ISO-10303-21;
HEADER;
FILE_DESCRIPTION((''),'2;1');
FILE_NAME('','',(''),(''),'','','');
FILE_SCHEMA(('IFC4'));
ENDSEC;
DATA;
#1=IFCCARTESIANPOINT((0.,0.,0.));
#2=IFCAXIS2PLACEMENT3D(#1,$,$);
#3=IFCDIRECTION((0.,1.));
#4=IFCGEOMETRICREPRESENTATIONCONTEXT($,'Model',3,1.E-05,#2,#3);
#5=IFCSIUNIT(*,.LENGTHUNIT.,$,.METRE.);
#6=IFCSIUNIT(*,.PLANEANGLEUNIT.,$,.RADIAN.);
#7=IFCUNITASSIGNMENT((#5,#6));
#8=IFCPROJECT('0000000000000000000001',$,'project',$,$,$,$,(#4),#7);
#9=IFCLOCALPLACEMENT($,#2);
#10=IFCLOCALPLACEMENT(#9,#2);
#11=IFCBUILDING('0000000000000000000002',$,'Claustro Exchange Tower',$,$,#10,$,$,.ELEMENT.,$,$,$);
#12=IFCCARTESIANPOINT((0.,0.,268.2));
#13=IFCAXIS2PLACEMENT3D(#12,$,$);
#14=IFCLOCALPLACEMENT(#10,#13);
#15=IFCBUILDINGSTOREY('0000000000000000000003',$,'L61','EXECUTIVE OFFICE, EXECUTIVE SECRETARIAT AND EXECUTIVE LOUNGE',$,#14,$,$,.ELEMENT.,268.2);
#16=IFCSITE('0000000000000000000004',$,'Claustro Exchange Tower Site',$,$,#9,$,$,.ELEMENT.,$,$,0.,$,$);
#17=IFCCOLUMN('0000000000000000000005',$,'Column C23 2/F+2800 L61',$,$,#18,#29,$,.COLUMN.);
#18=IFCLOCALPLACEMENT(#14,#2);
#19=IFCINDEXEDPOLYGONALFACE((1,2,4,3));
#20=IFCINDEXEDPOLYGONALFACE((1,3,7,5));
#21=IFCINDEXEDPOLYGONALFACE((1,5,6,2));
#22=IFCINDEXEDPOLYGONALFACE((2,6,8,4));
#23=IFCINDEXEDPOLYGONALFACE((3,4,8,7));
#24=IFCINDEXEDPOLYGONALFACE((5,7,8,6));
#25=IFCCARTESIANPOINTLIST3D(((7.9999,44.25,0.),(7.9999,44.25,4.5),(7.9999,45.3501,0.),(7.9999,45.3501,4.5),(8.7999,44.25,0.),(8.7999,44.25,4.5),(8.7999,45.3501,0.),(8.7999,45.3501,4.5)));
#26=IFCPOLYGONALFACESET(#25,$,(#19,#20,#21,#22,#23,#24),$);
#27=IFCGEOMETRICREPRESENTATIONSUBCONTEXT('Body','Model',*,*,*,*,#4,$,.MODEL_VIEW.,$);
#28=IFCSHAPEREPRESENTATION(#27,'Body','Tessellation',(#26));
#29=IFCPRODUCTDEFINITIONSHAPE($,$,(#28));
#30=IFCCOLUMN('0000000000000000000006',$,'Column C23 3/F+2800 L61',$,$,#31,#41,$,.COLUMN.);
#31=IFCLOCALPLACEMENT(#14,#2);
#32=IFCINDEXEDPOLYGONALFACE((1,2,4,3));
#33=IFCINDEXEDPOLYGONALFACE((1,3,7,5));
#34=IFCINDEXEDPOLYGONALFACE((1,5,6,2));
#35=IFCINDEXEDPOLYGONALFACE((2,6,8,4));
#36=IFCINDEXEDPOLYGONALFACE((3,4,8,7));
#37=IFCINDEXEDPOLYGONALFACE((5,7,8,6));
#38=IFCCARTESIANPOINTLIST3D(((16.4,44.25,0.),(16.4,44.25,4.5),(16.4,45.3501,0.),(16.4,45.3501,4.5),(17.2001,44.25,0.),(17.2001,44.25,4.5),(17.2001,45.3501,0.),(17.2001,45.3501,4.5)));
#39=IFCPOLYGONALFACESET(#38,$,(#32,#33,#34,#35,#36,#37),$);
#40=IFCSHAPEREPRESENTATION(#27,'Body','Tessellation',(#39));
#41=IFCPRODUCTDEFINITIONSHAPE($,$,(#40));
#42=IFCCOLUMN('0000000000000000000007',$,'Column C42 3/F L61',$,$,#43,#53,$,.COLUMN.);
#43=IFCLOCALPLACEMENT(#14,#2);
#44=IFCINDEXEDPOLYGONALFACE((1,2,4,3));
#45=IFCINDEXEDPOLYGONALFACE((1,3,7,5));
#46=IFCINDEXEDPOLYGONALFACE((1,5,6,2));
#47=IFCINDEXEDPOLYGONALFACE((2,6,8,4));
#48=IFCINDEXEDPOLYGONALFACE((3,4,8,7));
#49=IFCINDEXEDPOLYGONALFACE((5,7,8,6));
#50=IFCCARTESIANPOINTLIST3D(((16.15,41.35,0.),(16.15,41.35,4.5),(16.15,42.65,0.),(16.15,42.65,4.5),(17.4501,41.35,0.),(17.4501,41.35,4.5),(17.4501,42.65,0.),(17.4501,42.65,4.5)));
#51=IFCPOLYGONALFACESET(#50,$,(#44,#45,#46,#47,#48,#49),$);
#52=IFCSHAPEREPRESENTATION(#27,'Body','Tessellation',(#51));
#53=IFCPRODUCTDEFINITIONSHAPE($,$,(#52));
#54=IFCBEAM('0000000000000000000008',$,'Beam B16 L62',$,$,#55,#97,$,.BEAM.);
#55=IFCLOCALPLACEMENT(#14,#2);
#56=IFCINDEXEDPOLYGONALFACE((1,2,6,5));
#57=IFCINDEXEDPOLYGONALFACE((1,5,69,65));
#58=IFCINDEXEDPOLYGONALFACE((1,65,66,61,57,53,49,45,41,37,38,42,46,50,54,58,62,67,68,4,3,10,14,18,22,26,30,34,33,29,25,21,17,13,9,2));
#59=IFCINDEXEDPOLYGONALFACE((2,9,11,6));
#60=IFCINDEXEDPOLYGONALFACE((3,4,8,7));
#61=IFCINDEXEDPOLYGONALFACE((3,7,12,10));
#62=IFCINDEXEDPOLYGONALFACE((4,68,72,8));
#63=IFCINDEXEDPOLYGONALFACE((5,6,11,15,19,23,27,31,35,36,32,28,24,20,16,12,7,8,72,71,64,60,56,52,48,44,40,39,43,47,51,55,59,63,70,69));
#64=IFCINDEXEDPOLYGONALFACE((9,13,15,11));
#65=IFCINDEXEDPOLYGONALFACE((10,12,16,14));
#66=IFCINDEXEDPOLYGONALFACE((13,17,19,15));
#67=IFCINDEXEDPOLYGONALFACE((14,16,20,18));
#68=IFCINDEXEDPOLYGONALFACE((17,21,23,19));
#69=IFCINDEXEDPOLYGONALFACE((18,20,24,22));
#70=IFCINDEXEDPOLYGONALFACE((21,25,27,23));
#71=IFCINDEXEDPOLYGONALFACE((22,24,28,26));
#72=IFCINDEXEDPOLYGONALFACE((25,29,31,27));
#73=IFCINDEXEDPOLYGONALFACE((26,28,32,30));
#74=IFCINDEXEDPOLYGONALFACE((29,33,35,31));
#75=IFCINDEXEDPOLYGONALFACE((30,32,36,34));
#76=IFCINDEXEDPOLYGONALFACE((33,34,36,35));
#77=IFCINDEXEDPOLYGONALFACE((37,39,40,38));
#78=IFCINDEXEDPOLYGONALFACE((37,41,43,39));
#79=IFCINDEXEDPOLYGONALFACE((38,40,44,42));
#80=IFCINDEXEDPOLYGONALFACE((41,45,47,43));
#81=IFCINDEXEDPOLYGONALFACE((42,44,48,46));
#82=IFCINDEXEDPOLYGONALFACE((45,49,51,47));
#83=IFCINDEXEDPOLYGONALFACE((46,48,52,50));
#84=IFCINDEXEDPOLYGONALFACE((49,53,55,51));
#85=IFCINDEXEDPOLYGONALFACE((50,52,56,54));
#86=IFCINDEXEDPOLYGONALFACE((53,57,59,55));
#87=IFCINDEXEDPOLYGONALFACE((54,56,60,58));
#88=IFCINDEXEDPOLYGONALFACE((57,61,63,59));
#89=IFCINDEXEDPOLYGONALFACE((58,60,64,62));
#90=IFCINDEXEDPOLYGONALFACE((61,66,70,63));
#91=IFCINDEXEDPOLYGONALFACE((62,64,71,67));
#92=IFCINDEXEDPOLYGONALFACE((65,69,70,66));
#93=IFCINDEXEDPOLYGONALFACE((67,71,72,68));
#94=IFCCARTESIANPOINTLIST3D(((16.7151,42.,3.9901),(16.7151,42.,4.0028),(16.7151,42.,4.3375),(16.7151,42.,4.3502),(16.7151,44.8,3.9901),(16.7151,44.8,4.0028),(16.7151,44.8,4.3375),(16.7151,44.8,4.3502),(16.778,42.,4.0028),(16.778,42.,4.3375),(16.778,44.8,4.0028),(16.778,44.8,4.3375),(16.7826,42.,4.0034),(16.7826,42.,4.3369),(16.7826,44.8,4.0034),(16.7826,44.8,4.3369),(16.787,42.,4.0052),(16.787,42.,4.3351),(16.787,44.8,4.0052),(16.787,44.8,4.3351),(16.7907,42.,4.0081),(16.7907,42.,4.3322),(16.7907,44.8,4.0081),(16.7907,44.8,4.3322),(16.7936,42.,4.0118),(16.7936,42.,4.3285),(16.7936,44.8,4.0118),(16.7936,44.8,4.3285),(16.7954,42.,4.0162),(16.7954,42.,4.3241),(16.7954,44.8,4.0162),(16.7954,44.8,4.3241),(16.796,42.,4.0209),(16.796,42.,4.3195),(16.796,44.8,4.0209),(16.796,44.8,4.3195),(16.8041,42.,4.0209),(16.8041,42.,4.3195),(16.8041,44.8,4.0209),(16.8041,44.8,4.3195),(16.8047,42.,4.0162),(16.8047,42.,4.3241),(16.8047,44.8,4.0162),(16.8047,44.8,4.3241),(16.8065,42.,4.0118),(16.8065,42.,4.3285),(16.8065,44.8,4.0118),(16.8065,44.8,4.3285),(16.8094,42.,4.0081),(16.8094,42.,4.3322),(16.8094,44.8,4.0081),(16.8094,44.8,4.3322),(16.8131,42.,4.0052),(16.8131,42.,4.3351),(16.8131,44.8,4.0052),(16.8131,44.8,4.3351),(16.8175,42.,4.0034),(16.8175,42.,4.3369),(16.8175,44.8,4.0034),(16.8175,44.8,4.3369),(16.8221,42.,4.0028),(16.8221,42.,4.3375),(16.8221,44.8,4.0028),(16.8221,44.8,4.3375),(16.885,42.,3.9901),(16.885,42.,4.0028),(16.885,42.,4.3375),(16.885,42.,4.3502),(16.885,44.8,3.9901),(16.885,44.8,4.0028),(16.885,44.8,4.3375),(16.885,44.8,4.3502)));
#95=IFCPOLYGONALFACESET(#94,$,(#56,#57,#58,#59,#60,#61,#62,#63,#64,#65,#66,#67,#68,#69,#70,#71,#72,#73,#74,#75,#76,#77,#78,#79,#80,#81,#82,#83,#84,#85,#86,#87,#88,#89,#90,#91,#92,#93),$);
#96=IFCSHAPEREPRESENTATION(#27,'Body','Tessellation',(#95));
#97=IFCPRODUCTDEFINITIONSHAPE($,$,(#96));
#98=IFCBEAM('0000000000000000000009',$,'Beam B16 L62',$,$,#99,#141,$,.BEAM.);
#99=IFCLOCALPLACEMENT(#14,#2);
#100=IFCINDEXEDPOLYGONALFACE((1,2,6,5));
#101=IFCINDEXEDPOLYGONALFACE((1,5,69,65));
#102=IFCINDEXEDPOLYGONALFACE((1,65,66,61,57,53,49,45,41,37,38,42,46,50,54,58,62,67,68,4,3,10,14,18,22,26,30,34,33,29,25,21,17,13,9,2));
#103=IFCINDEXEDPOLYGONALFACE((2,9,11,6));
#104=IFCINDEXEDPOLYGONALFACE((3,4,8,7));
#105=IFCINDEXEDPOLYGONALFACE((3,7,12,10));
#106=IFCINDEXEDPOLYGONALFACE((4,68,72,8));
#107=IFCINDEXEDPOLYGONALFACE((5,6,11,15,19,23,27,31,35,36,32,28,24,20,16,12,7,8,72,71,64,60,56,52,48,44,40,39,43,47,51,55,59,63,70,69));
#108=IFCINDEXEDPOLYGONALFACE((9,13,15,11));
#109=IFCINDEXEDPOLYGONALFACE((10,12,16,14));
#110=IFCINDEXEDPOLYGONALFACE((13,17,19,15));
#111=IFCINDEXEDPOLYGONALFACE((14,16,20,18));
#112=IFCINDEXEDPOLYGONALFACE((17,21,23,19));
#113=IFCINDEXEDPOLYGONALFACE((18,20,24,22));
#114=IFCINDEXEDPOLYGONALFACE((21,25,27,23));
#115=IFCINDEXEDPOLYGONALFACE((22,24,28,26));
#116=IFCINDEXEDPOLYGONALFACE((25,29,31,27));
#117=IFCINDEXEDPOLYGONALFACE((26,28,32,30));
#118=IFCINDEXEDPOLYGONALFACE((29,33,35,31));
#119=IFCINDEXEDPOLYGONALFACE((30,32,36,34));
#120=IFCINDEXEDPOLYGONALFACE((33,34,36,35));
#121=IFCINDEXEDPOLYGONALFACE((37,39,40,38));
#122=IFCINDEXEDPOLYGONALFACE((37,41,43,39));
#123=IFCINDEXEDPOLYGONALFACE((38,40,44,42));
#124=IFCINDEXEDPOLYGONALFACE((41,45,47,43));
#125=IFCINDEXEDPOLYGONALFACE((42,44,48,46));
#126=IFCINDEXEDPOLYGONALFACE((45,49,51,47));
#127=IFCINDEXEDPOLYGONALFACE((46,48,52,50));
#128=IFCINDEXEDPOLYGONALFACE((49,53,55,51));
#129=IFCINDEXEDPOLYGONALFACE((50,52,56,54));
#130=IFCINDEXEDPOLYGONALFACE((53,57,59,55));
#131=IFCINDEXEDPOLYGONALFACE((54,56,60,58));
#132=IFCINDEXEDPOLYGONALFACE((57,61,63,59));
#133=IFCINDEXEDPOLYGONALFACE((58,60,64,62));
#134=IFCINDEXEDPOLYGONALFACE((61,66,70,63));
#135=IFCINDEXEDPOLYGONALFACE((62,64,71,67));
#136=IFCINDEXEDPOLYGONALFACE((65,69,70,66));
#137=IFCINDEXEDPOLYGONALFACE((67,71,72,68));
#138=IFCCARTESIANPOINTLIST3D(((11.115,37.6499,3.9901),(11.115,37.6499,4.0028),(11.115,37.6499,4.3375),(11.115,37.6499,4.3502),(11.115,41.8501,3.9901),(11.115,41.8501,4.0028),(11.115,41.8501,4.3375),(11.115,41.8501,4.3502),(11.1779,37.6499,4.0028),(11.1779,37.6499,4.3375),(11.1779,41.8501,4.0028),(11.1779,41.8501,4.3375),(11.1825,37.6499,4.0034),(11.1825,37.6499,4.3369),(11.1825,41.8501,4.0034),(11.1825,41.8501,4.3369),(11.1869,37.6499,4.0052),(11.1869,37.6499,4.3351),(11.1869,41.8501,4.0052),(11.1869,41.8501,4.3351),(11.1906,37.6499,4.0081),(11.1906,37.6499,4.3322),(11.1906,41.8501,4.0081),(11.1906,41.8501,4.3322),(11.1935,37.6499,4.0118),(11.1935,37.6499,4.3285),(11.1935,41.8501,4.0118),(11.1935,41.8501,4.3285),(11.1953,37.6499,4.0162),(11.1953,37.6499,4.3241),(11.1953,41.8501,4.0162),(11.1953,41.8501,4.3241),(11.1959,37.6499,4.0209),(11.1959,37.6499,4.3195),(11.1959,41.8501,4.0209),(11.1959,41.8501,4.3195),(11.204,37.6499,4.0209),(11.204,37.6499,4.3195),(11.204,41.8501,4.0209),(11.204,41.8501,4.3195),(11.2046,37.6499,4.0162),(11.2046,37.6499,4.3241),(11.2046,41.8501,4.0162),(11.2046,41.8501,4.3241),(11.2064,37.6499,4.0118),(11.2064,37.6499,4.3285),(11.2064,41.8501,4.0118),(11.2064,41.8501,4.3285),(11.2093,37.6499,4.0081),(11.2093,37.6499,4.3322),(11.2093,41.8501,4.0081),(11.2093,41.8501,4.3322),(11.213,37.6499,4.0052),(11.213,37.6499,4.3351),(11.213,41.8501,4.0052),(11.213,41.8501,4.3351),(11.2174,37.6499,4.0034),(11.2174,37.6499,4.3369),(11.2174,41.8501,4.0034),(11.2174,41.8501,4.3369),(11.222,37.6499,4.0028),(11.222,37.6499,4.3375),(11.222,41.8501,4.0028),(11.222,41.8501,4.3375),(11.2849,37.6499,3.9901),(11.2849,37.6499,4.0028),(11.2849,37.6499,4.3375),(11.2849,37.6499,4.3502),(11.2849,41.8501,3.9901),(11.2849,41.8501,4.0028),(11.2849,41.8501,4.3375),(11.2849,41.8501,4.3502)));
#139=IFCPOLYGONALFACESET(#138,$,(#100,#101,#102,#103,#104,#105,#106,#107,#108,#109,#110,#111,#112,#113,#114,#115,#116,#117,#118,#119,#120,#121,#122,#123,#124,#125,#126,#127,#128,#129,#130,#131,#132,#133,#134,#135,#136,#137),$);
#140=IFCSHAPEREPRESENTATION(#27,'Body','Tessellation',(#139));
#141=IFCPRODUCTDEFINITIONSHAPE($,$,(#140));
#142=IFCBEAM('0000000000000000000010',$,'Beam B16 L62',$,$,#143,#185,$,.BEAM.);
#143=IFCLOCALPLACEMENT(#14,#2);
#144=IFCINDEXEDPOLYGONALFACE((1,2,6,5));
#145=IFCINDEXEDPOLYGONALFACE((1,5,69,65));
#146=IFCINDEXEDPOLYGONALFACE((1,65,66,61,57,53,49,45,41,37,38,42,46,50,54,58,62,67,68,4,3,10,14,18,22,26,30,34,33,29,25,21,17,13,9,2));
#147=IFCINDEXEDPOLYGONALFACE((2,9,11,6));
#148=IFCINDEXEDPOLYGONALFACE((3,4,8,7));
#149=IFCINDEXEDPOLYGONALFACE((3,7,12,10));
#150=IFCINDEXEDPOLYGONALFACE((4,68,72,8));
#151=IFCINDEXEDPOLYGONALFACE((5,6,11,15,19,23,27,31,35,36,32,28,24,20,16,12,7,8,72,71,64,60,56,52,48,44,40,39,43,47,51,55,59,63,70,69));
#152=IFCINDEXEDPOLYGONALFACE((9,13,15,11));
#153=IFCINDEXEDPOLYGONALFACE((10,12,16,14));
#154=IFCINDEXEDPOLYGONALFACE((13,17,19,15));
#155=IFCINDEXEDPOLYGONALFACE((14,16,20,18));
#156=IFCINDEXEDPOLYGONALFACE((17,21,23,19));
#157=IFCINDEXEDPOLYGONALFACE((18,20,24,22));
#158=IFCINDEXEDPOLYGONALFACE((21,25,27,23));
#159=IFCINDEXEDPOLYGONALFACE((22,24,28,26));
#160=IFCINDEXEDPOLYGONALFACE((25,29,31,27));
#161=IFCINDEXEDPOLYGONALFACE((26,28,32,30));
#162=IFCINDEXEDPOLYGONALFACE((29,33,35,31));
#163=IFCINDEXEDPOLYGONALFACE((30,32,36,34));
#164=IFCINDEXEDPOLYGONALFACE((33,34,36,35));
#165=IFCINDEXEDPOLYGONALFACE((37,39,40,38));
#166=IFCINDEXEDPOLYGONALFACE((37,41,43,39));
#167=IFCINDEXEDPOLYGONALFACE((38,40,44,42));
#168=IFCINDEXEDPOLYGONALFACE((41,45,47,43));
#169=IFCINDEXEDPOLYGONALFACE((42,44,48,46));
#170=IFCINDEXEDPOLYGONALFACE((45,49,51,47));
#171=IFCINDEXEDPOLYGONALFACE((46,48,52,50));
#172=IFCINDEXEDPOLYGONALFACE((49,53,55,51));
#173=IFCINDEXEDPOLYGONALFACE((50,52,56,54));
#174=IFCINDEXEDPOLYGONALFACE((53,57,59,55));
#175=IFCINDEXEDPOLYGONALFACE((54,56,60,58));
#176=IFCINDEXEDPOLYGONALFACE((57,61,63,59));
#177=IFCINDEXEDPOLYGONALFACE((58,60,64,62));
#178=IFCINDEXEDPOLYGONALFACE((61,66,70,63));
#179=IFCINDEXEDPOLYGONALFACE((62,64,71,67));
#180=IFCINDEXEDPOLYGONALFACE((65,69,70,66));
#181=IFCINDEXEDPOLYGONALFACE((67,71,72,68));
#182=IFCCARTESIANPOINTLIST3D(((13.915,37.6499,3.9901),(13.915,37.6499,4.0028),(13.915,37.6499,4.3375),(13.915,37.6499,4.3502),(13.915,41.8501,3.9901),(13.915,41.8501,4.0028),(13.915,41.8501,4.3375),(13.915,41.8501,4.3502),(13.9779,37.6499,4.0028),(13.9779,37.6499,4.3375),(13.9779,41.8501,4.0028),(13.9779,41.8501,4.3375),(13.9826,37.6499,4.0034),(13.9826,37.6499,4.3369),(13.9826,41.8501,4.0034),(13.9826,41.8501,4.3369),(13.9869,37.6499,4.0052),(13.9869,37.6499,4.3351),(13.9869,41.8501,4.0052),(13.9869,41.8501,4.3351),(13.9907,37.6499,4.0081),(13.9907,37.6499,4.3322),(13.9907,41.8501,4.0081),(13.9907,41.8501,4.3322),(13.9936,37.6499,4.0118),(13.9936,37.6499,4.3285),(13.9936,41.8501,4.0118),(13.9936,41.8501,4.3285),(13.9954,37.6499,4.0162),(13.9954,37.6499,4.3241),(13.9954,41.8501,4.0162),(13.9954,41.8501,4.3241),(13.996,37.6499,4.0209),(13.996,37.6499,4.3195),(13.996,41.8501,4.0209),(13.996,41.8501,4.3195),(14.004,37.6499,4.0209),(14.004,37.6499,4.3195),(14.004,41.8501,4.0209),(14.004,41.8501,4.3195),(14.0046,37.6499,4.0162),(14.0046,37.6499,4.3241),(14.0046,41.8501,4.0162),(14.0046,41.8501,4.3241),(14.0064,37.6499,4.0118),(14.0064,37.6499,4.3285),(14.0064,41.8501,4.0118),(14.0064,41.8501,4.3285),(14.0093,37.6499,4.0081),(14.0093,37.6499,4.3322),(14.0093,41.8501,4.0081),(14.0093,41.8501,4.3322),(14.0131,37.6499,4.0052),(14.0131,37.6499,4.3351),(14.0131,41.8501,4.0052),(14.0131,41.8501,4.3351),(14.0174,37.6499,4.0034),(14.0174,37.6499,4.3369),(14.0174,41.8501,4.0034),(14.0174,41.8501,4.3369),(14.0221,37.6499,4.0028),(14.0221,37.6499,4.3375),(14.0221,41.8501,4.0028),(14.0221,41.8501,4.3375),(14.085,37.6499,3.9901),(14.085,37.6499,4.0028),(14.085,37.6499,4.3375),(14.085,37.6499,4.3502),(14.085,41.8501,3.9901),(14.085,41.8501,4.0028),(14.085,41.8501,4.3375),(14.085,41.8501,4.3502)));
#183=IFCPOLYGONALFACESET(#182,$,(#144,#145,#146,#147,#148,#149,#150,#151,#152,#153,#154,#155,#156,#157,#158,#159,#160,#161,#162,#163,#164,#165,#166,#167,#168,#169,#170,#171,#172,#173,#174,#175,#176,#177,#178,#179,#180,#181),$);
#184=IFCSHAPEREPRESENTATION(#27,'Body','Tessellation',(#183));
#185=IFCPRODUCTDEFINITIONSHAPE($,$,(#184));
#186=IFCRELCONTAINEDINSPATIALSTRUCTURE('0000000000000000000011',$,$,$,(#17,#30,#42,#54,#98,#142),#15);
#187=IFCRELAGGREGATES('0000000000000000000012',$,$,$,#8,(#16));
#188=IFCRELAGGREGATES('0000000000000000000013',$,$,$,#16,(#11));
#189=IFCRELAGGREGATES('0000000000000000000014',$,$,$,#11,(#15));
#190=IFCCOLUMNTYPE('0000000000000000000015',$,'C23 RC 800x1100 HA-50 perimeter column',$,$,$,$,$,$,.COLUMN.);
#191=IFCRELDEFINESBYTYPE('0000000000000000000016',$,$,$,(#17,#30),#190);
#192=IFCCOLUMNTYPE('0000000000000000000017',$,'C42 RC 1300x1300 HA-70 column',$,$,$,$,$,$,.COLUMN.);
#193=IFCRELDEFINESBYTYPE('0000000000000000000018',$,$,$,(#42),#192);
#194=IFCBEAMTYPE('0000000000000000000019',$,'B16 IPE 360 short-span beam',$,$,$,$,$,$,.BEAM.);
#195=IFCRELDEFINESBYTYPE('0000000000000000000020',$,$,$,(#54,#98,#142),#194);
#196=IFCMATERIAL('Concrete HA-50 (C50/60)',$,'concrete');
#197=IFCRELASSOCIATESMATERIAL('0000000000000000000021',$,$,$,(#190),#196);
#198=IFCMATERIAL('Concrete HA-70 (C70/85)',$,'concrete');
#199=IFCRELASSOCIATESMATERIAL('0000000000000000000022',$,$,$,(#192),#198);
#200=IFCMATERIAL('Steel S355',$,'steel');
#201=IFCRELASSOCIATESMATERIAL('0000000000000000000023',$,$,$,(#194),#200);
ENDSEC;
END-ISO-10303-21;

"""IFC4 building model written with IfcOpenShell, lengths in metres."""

from ifc_helpers import new_model, si_unit, direction, frame, origin, origin_2d, place, context, subcontext, project, spatial, rectangle, i_section, extrude, material, material_profile, profile_set, type_object, element, save


model = new_model("IFC4")

# Units and contexts
model_context = context("Model", 3, precision=1e-05, world=origin(), true_north=direction((0.0, 1.0)))
body_context = subcontext(model_context, "Body", "Model", "MODEL_VIEW")
ifc_project = project(units=[si_unit("LENGTHUNIT", "METRE"), si_unit("PLANEANGLEUNIT", "RADIAN")], contexts=[model_context])

# Site, building, storey
site_placement = place(None, origin())
site = spatial("IfcSite", under=ifc_project, at=site_placement, Name="Claustro Exchange Tower Site", CompositionType="ELEMENT", RefElevation=0.0)
building_placement = place(site_placement, origin())
building = spatial("IfcBuilding", under=site, at=building_placement, Name="Claustro Exchange Tower", CompositionType="ELEMENT")
storey_placement = place(building_placement, frame((0.0, 0.0, 268.2)))
storey = spatial("IfcBuildingStorey", under=building, at=storey_placement, Name="L61", Description="EXECUTIVE OFFICE, EXECUTIVE SECRETARIAT AND EXECUTIVE LOUNGE", CompositionType="ELEMENT", Elevation=268.2)

# Columns
ifc_material_1 = material(Name="Concrete HA-50 (C50/60)", Category="concrete")
ifc_material_profile_1 = material_profile(ifc_material_1, rectangle(XDim=0.8, YDim=1.1001, at=origin_2d()), Name="RC 800x1100")
ifc_profile_set_1 = profile_set([ifc_material_profile_1], Name="Concrete HA-50 (C50/60)")
column_type_1 = type_object("IfcColumnType", Name="C23 RC 800x1100 HA-50 perimeter column", PredefinedType="COLUMN", material=ifc_profile_set_1)
for number, where, z_axis, x_axis, name in (
    (1, (8.3999, 44.8, 0.0), (0.0, 0.0, 1.0), (1.0, 0.0, 0.0), "Column C23 2/F+2800 L61"),
    (2, (16.8, 44.8, 0.0), (0.0, 0.0, 1.0), (1.0, 0.0, 0.0), "Column C23 3/F+2800 L61"),
):
    element("IfcColumn", number, at=place(storey_placement, frame(where, z_axis=z_axis, x_axis=x_axis)), inside=storey, type_object=column_type_1, Name=name, PredefinedType="COLUMN", context=body_context, shape_type="SweptSolid", body=[
        extrude(rectangle(XDim=0.8, YDim=1.1001, at=origin_2d()), origin(), (0.0, 0.0, 1.0), 4.5),
    ])
ifc_material_2 = material(Name="Concrete HA-70 (C70/85)", Category="concrete")
ifc_material_profile_2 = material_profile(ifc_material_2, rectangle(XDim=1.3, YDim=1.3, at=origin_2d()), Name="RC 1300x1300")
ifc_profile_set_2 = profile_set([ifc_material_profile_2], Name="Concrete HA-70 (C70/85)")
column_type_2 = type_object("IfcColumnType", Name="C42 RC 1300x1300 HA-70 column", PredefinedType="COLUMN", material=ifc_profile_set_2)
column_placement = place(storey_placement, frame((16.8, 42.0, 0.0), z_axis=(0.0, 0.0, 1.0), x_axis=(1.0, 0.0, 0.0)))
element("IfcColumn", 3, at=column_placement, inside=storey, type_object=column_type_2, Name="Column C42 3/F L61", PredefinedType="COLUMN", context=body_context, shape_type="SweptSolid", body=[
    extrude(rectangle(XDim=1.3, YDim=1.3, at=origin_2d()), origin(), (0.0, 0.0, 1.0), 4.5),
])

# Beams
ifc_material_3 = material(Name="Steel S355", Category="steel")
ifc_material_profile_3 = material_profile(ifc_material_3, i_section(OverallWidth=0.1699, OverallDepth=0.3601, WebThickness=0.0081, FlangeThickness=0.0127, FilletRadius=0.0181, at=origin_2d()), Name="IPE 360")
ifc_profile_set_3 = profile_set([ifc_material_profile_3], Name="Steel S355")
beam_type_1 = type_object("IfcBeamType", Name="B16 IPE 360 short-span beam", PredefinedType="BEAM", material=ifc_profile_set_3)
beam_1_placement = place(storey_placement, frame((16.8, 42.0, 4.1702), z_axis=(0.0, 1.0, 0.0), x_axis=(-1.0, 0.0, 0.0)))
element("IfcBeam", 4, at=beam_1_placement, inside=storey, type_object=beam_type_1, Name="Beam B16 L62", PredefinedType="BEAM", context=body_context, shape_type="SweptSolid", body=[
    extrude(i_section(OverallWidth=0.1699, OverallDepth=0.3601, WebThickness=0.0081, FlangeThickness=0.0127, FilletRadius=0.0181, at=origin_2d()), origin(), (0.0, 0.0, 1.0), 2.8),
])
for number, where, z_axis, x_axis, name in (
    (5, (11.2, 37.6499, 4.1702), (0.0, 1.0, 0.0), (-1.0, 0.0, 0.0), "Beam B16 L62"),
    (6, (14.0, 37.6499, 4.1702), (0.0, 1.0, 0.0), (-1.0, 0.0, 0.0), "Beam B16 L62"),
):
    element("IfcBeam", number, at=place(storey_placement, frame(where, z_axis=z_axis, x_axis=x_axis)), inside=storey, type_object=beam_type_1, Name=name, PredefinedType="BEAM", context=body_context, shape_type="SweptSolid", body=[
        extrude(i_section(OverallWidth=0.1699, OverallDepth=0.3601, WebThickness=0.0081, FlangeThickness=0.0127, FilletRadius=0.0181, at=origin_2d()), origin(), (0.0, 0.0, 1.0), 4.2002),
    ])

save(model, "model.ifc")
